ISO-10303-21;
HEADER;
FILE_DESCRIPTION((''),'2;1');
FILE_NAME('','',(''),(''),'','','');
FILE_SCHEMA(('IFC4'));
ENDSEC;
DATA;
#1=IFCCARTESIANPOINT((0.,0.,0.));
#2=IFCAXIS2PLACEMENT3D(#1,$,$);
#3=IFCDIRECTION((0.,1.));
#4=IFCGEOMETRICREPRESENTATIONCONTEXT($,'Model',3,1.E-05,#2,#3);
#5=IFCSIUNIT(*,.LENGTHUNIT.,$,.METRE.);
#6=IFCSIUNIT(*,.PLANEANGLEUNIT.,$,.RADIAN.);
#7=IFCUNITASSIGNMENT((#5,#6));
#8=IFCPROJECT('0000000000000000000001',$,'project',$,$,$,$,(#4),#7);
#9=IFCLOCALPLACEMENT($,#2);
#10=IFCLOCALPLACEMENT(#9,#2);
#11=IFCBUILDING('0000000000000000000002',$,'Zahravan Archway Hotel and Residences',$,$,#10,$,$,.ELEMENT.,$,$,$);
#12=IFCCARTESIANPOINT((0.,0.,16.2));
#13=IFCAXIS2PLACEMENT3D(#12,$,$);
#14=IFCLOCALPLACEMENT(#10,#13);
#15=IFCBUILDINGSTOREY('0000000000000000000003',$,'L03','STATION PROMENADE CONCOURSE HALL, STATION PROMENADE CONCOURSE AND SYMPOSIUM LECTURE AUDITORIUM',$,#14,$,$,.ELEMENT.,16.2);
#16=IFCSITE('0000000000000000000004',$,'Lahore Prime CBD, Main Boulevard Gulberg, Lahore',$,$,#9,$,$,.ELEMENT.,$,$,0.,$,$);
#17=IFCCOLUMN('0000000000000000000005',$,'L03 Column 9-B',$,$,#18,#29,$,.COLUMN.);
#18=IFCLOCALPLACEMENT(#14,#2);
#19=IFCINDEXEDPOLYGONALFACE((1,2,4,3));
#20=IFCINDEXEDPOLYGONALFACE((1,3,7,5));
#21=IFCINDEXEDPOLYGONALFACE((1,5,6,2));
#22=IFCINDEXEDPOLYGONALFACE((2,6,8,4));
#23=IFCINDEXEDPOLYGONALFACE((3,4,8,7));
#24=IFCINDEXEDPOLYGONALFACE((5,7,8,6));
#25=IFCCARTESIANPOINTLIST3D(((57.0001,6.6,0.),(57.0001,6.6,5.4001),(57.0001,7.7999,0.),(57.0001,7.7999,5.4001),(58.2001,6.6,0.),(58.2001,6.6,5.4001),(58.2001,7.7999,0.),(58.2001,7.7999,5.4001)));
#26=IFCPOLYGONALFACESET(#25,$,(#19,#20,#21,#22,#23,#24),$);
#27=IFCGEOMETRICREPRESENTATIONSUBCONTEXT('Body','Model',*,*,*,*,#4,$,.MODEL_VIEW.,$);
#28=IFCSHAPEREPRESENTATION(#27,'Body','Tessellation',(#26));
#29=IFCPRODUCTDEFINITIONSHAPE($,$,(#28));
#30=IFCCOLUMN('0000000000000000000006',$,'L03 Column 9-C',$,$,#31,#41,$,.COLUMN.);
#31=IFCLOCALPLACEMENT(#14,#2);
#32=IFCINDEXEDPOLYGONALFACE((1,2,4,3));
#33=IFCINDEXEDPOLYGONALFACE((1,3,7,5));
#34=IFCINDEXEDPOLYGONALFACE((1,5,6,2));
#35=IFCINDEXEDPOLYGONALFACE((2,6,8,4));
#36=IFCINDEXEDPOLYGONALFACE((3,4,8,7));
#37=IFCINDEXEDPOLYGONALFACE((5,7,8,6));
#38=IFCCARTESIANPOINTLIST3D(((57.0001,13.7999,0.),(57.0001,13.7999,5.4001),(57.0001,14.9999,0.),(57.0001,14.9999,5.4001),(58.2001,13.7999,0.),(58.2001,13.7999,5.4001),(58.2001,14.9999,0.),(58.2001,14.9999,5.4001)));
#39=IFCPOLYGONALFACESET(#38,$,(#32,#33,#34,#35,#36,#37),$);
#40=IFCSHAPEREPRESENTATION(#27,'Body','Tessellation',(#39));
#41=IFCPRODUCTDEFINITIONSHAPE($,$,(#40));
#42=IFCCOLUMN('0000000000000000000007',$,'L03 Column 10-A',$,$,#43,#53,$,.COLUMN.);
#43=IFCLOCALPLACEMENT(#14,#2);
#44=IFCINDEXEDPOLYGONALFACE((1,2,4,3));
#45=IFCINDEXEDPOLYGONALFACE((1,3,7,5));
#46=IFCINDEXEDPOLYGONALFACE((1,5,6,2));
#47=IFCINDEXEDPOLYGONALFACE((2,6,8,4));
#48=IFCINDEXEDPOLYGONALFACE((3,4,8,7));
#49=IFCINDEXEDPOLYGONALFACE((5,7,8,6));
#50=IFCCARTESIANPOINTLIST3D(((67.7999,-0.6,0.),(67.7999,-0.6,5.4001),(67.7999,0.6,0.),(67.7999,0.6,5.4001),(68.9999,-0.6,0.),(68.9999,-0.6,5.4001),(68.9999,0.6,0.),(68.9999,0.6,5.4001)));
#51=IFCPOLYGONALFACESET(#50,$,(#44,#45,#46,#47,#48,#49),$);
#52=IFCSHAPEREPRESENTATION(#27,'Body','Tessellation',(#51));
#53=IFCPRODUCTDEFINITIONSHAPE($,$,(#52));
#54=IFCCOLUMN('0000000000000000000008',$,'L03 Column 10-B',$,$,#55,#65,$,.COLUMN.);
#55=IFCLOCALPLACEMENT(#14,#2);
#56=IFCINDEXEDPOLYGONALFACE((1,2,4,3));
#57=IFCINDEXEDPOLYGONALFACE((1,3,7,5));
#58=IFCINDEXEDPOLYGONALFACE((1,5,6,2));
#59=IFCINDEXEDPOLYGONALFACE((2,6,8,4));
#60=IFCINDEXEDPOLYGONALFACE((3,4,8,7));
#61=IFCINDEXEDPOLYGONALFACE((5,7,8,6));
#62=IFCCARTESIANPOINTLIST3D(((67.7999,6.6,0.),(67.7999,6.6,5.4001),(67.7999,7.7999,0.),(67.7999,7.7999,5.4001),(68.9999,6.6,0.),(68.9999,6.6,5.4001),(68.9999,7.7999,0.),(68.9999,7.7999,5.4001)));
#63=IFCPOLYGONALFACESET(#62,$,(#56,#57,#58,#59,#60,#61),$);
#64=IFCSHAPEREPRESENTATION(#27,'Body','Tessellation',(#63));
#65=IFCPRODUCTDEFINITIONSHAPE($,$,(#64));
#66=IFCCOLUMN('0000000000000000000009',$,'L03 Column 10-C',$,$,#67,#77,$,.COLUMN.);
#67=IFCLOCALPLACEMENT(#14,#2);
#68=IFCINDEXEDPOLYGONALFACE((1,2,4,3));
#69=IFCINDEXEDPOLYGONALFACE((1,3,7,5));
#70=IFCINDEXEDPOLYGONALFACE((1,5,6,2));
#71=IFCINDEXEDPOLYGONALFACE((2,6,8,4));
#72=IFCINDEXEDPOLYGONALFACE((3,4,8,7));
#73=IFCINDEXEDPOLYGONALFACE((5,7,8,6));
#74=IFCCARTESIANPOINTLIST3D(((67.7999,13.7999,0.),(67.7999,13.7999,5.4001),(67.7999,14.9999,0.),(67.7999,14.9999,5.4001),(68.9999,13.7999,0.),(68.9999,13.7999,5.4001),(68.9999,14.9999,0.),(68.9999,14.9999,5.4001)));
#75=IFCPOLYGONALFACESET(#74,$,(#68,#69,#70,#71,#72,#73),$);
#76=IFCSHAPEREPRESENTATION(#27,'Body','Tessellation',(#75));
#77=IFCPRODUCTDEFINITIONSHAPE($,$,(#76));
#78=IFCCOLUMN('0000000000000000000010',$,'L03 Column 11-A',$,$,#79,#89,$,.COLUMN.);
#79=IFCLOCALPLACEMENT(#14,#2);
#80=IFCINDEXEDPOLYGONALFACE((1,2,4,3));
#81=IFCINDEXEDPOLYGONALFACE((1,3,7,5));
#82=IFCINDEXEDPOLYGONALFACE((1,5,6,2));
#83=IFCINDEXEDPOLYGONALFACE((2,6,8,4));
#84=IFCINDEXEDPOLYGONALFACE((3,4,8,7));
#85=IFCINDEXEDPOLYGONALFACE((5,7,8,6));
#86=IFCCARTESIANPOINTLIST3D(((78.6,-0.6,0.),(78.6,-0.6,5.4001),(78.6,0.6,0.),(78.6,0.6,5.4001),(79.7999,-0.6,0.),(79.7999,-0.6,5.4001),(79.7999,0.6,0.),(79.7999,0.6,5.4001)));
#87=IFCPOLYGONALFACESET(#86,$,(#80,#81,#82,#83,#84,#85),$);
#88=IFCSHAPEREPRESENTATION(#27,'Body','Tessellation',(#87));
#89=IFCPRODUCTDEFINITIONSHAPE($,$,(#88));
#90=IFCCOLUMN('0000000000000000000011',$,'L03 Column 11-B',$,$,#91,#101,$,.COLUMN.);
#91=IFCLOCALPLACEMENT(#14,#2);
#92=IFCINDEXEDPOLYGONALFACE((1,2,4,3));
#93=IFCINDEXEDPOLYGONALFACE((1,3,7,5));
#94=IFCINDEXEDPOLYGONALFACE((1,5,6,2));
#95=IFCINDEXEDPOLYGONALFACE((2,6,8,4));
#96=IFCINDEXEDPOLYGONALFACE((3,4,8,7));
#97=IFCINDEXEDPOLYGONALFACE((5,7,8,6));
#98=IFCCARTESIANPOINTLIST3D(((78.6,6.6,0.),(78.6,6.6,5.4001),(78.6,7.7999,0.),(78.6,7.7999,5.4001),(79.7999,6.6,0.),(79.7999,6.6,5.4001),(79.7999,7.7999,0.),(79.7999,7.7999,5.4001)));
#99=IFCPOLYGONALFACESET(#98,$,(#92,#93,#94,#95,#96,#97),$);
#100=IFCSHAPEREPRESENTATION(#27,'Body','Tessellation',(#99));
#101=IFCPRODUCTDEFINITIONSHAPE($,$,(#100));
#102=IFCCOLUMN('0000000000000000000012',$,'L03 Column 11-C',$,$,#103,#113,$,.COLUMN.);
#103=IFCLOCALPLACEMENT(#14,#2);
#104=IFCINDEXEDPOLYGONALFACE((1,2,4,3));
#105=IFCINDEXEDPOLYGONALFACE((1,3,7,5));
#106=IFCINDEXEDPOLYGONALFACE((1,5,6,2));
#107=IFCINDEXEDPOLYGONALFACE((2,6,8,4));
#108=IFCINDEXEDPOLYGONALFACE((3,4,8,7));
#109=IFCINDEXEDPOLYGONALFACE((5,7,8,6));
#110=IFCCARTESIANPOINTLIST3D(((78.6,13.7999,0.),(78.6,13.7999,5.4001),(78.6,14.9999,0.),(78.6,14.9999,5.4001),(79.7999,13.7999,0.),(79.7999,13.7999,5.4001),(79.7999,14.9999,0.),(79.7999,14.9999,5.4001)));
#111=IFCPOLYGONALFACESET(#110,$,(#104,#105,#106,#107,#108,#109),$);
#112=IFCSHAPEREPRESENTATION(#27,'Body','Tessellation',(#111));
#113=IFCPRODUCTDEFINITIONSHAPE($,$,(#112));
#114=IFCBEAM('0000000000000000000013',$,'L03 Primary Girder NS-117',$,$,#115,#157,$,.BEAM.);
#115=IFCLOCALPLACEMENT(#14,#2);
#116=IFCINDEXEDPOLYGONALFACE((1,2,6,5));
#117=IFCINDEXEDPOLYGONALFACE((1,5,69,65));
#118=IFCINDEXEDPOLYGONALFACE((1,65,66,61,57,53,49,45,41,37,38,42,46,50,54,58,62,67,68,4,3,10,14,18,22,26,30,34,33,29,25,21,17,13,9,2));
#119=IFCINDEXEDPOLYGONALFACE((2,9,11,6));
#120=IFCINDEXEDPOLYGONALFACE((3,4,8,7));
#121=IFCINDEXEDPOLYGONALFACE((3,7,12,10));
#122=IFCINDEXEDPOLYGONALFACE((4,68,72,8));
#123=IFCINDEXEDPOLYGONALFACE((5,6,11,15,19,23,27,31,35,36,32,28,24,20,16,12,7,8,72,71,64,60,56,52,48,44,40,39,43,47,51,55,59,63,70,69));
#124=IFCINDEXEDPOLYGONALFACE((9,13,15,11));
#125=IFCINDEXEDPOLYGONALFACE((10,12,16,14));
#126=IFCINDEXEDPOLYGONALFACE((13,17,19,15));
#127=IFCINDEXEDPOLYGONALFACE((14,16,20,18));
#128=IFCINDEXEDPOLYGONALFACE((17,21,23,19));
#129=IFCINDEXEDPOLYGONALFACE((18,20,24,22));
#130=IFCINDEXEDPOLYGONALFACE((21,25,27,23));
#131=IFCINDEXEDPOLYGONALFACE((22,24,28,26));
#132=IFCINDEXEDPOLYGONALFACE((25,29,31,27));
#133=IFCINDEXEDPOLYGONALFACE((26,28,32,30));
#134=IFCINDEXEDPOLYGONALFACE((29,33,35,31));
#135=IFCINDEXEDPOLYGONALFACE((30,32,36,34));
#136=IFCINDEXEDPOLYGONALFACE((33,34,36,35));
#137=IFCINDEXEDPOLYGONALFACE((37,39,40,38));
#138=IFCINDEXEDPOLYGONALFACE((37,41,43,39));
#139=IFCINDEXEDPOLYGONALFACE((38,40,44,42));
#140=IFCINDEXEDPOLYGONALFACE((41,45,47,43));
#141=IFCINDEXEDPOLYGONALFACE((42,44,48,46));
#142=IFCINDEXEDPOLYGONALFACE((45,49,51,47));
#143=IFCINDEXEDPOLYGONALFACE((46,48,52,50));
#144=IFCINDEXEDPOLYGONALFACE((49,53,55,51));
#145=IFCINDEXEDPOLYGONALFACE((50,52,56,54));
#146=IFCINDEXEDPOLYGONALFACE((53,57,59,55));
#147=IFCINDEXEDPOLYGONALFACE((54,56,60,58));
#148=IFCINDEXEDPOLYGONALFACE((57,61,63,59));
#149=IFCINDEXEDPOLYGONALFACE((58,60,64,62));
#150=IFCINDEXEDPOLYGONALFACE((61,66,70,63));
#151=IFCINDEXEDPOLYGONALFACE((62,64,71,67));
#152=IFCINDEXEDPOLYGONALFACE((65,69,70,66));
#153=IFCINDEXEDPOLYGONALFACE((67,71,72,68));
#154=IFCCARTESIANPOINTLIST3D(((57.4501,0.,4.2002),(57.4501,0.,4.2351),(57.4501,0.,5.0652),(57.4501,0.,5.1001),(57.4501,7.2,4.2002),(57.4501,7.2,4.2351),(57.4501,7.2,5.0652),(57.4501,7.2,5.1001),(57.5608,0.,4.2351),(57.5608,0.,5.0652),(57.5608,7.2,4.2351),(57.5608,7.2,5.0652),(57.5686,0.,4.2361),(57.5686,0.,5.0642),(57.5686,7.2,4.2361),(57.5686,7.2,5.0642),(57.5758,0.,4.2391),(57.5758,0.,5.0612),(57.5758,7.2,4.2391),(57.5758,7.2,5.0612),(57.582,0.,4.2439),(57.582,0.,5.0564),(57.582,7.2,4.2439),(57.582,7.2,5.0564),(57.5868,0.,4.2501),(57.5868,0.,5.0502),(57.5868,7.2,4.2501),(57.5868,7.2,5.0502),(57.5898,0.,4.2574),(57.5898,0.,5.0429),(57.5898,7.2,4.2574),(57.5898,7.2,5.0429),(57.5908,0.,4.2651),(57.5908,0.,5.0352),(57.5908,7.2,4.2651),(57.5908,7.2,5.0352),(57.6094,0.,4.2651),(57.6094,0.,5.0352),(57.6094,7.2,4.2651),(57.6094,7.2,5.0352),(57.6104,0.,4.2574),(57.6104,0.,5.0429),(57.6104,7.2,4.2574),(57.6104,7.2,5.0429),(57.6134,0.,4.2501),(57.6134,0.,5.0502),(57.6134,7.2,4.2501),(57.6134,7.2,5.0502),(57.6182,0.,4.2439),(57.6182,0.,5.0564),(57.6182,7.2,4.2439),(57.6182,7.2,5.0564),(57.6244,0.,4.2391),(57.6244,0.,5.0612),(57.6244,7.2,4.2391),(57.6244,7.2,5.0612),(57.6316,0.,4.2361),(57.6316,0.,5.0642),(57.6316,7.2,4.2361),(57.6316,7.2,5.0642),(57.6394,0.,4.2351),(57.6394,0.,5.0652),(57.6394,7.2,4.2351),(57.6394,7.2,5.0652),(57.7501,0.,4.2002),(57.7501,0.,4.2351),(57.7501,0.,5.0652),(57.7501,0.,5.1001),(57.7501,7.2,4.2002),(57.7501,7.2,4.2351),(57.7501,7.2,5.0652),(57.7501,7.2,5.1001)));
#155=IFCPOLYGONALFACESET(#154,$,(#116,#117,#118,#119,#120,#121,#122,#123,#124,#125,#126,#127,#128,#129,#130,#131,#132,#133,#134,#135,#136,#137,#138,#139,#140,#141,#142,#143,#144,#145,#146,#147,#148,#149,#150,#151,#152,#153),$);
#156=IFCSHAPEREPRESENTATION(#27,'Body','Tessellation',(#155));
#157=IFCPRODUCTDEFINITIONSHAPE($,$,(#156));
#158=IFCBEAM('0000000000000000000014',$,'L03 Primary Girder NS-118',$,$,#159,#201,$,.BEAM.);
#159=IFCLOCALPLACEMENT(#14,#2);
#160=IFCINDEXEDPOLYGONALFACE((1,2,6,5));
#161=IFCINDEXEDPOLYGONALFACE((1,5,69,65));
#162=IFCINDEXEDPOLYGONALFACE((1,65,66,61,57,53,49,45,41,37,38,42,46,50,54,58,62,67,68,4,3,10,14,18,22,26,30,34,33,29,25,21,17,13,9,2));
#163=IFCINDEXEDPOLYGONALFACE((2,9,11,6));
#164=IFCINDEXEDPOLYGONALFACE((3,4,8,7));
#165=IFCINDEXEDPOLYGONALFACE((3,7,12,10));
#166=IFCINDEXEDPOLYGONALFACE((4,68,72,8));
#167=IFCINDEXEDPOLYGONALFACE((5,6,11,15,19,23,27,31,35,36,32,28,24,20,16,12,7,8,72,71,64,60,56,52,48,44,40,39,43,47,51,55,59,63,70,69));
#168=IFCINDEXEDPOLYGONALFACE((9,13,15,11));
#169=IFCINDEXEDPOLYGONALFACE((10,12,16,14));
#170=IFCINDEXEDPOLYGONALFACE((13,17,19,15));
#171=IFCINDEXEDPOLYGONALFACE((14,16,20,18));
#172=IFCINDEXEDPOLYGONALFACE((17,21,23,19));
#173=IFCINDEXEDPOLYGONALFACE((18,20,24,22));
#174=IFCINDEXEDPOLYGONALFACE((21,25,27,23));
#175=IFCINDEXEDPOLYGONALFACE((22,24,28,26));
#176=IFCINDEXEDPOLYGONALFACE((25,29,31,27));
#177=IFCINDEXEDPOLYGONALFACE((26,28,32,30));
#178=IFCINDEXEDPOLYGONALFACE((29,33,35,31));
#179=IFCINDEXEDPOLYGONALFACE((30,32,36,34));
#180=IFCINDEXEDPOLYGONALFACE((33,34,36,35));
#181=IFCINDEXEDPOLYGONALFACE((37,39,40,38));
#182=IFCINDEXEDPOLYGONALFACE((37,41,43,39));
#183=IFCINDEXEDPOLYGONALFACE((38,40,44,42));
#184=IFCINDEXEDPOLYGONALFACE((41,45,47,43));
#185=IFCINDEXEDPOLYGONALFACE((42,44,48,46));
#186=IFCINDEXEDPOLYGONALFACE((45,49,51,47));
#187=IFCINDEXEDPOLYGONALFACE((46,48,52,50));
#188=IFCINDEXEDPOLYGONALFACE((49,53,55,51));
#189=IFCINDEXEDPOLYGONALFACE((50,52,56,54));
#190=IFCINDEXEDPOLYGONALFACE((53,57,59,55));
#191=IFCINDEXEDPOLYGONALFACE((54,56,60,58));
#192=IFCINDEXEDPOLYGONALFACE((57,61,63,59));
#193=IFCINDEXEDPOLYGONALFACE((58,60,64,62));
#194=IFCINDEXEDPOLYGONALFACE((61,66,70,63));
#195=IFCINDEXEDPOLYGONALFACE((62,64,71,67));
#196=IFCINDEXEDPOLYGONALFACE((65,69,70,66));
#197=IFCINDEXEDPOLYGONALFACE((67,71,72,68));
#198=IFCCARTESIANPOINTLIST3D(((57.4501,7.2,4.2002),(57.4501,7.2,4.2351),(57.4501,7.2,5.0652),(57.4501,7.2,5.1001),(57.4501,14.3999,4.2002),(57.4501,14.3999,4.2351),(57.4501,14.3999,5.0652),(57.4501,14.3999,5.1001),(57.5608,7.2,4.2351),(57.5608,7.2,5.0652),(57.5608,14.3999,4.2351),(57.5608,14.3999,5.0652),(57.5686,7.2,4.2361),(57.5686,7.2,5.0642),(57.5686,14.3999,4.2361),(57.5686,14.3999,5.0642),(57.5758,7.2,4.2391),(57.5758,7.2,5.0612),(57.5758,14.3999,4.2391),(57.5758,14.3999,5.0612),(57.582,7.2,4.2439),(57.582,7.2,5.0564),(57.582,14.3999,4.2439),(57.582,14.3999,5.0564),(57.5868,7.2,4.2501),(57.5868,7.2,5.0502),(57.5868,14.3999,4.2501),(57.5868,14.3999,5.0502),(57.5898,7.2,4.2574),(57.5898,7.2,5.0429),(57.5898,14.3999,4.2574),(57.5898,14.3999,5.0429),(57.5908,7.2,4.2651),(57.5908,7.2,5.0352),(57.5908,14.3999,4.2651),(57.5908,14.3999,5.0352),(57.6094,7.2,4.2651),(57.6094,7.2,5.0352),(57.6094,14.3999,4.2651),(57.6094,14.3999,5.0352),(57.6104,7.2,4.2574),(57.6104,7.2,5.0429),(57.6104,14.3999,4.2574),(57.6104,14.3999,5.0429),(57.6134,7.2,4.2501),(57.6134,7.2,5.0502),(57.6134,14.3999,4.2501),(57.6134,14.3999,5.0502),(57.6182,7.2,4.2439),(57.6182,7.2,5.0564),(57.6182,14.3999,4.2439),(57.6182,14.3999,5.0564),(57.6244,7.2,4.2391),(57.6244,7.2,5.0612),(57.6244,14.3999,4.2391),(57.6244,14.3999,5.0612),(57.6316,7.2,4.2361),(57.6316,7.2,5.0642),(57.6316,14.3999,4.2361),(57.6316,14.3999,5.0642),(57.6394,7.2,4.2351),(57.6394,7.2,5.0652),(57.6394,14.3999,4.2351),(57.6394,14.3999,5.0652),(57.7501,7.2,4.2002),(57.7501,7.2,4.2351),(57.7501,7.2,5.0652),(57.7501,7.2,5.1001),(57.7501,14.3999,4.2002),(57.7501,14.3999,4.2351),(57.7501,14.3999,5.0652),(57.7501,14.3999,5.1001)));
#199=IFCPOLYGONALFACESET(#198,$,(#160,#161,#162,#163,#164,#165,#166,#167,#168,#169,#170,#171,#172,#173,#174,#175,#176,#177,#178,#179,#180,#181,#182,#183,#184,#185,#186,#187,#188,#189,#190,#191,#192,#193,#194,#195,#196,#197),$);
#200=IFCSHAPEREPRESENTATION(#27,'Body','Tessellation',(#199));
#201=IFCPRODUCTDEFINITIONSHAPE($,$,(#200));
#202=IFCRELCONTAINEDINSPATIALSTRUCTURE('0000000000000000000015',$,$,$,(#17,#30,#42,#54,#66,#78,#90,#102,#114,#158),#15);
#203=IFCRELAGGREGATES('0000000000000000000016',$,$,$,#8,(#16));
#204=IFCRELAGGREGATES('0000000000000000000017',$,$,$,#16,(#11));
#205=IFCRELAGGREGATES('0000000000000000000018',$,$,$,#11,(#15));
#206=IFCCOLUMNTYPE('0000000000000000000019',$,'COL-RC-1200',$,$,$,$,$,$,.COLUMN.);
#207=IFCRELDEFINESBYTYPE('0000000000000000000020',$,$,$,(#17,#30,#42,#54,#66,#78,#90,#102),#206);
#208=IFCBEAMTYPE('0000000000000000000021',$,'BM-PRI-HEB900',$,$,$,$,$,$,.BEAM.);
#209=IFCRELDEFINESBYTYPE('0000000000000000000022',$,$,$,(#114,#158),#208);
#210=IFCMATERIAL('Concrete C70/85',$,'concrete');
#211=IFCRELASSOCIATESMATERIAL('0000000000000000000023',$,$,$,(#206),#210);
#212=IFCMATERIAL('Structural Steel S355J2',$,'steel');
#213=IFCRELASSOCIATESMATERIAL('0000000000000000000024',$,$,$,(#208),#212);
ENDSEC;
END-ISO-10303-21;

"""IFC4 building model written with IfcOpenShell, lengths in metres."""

from ifc_helpers import new_model, si_unit, direction, frame, origin, origin_2d, place, context, subcontext, project, spatial, rectangle, i_section, extrude, source, transform, mapped, material, material_profile, profile_set, type_object, element, save


model = new_model("IFC4")

# Units and contexts
model_context = context("Model", 3, precision=1e-05, world=origin(), true_north=direction((0.0, 1.0)))
body_context = subcontext(model_context, "Body", "Model", "MODEL_VIEW")
ifc_project = project(units=[si_unit("LENGTHUNIT", "METRE"), si_unit("PLANEANGLEUNIT", "RADIAN")], contexts=[model_context])

# Site, building, storey
site_placement = place(None, origin())
site = spatial("IfcSite", under=ifc_project, at=site_placement, Name="Lahore Prime CBD, Main Boulevard Gulberg, Lahore", CompositionType="ELEMENT", RefElevation=0.0)
building_placement = place(site_placement, origin())
building = spatial("IfcBuilding", under=site, at=building_placement, Name="Zahravan Archway Hotel and Residences", CompositionType="ELEMENT")
storey_placement = place(building_placement, frame((0.0, 0.0, 16.2)))
storey = spatial("IfcBuildingStorey", under=building, at=storey_placement, Name="L03", Description="STATION PROMENADE CONCOURSE HALL, STATION PROMENADE CONCOURSE AND SYMPOSIUM LECTURE AUDITORIUM", CompositionType="ELEMENT", Elevation=16.2)

# Columns
ifc_material_1 = material(Name="Concrete C70/85", Category="concrete")
ifc_material_profile_1 = material_profile(ifc_material_1, rectangle(XDim=1.2, YDim=1.2, at=origin_2d()), Name="RC-COL-1200x1200", Category="concrete")
ifc_profile_set_1 = profile_set([ifc_material_profile_1], Name="Concrete C70/85")
column_type = type_object("IfcColumnType", Name="COL-RC-1200", PredefinedType="COLUMN", material=ifc_profile_set_1)
shared_shape_1 = source(origin(), body_context, "Body", "SweptSolid", [
    extrude(rectangle(XDim=1.2, YDim=1.2, at=origin_2d()), origin(), (0.0, 0.0, 1.0), 5.4001),
])
for number, where, z_axis, x_axis, name in (
    (1, (57.6001, 7.2, 0.0), (0.0, 0.0, 1.0), (1.0, 0.0, 0.0), "L03 Column 9-B"),
    (2, (57.6001, 14.3999, 0.0), (0.0, 0.0, 1.0), (1.0, 0.0, 0.0), "L03 Column 9-C"),
    (3, (68.3999, 0.0, 0.0), (0.0, 0.0, 1.0), (1.0, 0.0, 0.0), "L03 Column 10-A"),
    (4, (68.3999, 7.2, 0.0), (0.0, 0.0, 1.0), (1.0, 0.0, 0.0), "L03 Column 10-B"),
    (5, (68.3999, 14.3999, 0.0), (0.0, 0.0, 1.0), (1.0, 0.0, 0.0), "L03 Column 10-C"),
    (6, (79.2, 0.0, 0.0), (0.0, 0.0, 1.0), (1.0, 0.0, 0.0), "L03 Column 11-A"),
    (7, (79.2, 7.2, 0.0), (0.0, 0.0, 1.0), (1.0, 0.0, 0.0), "L03 Column 11-B"),
    (8, (79.2, 14.3999, 0.0), (0.0, 0.0, 1.0), (1.0, 0.0, 0.0), "L03 Column 11-C"),
):
    element("IfcColumn", number, at=place(storey_placement, frame(where, z_axis=z_axis, x_axis=x_axis)), inside=storey, type_object=column_type, Name=name, PredefinedType="COLUMN", context=body_context, shape_type="MappedRepresentation", body=[
        mapped(shared_shape_1, transform((0.0, 0.0, 0.0), scale=1.0)),
    ])

# Beams
ifc_material_2 = material(Name="Structural Steel S355J2", Category="steel")
ifc_material_profile_2 = material_profile(ifc_material_2, i_section(OverallWidth=0.3, OverallDepth=0.8999, WebThickness=0.0186, FlangeThickness=0.0349, FilletRadius=0.03, at=origin_2d()), Name="HEB 900", Category="steel")
ifc_profile_set_2 = profile_set([ifc_material_profile_2], Name="Structural Steel S355J2")
beam_type_1 = type_object("IfcBeamType", Name="BM-PRI-HEB900", PredefinedType="BEAM", material=ifc_profile_set_2)
shared_shape_2 = source(origin(), body_context, "Body", "SweptSolid", [
    extrude(i_section(OverallWidth=0.3, OverallDepth=0.8999, WebThickness=0.0186, FlangeThickness=0.0349, FilletRadius=0.03, at=origin_2d()), origin(), (0.0, 0.0, 1.0), 7.2),
])
for number, where, z_axis, x_axis, name in (
    (9, (57.6001, 0.0, 4.6501), (0.0, 1.0, 0.0), (-1.0, 0.0, 0.0), "L03 Primary Girder NS-117"),
    (10, (57.6001, 7.2, 4.6501), (0.0, 1.0, 0.0), (-1.0, 0.0, 0.0), "L03 Primary Girder NS-118"),
):
    element("IfcBeam", number, at=place(storey_placement, frame(where, z_axis=z_axis, x_axis=x_axis)), inside=storey, type_object=beam_type_1, Name=name, PredefinedType="BEAM", context=body_context, shape_type="MappedRepresentation", body=[
        mapped(shared_shape_2, transform((0.0, 0.0, 0.0), scale=1.0)),
    ])

save(model, "model.ifc")
